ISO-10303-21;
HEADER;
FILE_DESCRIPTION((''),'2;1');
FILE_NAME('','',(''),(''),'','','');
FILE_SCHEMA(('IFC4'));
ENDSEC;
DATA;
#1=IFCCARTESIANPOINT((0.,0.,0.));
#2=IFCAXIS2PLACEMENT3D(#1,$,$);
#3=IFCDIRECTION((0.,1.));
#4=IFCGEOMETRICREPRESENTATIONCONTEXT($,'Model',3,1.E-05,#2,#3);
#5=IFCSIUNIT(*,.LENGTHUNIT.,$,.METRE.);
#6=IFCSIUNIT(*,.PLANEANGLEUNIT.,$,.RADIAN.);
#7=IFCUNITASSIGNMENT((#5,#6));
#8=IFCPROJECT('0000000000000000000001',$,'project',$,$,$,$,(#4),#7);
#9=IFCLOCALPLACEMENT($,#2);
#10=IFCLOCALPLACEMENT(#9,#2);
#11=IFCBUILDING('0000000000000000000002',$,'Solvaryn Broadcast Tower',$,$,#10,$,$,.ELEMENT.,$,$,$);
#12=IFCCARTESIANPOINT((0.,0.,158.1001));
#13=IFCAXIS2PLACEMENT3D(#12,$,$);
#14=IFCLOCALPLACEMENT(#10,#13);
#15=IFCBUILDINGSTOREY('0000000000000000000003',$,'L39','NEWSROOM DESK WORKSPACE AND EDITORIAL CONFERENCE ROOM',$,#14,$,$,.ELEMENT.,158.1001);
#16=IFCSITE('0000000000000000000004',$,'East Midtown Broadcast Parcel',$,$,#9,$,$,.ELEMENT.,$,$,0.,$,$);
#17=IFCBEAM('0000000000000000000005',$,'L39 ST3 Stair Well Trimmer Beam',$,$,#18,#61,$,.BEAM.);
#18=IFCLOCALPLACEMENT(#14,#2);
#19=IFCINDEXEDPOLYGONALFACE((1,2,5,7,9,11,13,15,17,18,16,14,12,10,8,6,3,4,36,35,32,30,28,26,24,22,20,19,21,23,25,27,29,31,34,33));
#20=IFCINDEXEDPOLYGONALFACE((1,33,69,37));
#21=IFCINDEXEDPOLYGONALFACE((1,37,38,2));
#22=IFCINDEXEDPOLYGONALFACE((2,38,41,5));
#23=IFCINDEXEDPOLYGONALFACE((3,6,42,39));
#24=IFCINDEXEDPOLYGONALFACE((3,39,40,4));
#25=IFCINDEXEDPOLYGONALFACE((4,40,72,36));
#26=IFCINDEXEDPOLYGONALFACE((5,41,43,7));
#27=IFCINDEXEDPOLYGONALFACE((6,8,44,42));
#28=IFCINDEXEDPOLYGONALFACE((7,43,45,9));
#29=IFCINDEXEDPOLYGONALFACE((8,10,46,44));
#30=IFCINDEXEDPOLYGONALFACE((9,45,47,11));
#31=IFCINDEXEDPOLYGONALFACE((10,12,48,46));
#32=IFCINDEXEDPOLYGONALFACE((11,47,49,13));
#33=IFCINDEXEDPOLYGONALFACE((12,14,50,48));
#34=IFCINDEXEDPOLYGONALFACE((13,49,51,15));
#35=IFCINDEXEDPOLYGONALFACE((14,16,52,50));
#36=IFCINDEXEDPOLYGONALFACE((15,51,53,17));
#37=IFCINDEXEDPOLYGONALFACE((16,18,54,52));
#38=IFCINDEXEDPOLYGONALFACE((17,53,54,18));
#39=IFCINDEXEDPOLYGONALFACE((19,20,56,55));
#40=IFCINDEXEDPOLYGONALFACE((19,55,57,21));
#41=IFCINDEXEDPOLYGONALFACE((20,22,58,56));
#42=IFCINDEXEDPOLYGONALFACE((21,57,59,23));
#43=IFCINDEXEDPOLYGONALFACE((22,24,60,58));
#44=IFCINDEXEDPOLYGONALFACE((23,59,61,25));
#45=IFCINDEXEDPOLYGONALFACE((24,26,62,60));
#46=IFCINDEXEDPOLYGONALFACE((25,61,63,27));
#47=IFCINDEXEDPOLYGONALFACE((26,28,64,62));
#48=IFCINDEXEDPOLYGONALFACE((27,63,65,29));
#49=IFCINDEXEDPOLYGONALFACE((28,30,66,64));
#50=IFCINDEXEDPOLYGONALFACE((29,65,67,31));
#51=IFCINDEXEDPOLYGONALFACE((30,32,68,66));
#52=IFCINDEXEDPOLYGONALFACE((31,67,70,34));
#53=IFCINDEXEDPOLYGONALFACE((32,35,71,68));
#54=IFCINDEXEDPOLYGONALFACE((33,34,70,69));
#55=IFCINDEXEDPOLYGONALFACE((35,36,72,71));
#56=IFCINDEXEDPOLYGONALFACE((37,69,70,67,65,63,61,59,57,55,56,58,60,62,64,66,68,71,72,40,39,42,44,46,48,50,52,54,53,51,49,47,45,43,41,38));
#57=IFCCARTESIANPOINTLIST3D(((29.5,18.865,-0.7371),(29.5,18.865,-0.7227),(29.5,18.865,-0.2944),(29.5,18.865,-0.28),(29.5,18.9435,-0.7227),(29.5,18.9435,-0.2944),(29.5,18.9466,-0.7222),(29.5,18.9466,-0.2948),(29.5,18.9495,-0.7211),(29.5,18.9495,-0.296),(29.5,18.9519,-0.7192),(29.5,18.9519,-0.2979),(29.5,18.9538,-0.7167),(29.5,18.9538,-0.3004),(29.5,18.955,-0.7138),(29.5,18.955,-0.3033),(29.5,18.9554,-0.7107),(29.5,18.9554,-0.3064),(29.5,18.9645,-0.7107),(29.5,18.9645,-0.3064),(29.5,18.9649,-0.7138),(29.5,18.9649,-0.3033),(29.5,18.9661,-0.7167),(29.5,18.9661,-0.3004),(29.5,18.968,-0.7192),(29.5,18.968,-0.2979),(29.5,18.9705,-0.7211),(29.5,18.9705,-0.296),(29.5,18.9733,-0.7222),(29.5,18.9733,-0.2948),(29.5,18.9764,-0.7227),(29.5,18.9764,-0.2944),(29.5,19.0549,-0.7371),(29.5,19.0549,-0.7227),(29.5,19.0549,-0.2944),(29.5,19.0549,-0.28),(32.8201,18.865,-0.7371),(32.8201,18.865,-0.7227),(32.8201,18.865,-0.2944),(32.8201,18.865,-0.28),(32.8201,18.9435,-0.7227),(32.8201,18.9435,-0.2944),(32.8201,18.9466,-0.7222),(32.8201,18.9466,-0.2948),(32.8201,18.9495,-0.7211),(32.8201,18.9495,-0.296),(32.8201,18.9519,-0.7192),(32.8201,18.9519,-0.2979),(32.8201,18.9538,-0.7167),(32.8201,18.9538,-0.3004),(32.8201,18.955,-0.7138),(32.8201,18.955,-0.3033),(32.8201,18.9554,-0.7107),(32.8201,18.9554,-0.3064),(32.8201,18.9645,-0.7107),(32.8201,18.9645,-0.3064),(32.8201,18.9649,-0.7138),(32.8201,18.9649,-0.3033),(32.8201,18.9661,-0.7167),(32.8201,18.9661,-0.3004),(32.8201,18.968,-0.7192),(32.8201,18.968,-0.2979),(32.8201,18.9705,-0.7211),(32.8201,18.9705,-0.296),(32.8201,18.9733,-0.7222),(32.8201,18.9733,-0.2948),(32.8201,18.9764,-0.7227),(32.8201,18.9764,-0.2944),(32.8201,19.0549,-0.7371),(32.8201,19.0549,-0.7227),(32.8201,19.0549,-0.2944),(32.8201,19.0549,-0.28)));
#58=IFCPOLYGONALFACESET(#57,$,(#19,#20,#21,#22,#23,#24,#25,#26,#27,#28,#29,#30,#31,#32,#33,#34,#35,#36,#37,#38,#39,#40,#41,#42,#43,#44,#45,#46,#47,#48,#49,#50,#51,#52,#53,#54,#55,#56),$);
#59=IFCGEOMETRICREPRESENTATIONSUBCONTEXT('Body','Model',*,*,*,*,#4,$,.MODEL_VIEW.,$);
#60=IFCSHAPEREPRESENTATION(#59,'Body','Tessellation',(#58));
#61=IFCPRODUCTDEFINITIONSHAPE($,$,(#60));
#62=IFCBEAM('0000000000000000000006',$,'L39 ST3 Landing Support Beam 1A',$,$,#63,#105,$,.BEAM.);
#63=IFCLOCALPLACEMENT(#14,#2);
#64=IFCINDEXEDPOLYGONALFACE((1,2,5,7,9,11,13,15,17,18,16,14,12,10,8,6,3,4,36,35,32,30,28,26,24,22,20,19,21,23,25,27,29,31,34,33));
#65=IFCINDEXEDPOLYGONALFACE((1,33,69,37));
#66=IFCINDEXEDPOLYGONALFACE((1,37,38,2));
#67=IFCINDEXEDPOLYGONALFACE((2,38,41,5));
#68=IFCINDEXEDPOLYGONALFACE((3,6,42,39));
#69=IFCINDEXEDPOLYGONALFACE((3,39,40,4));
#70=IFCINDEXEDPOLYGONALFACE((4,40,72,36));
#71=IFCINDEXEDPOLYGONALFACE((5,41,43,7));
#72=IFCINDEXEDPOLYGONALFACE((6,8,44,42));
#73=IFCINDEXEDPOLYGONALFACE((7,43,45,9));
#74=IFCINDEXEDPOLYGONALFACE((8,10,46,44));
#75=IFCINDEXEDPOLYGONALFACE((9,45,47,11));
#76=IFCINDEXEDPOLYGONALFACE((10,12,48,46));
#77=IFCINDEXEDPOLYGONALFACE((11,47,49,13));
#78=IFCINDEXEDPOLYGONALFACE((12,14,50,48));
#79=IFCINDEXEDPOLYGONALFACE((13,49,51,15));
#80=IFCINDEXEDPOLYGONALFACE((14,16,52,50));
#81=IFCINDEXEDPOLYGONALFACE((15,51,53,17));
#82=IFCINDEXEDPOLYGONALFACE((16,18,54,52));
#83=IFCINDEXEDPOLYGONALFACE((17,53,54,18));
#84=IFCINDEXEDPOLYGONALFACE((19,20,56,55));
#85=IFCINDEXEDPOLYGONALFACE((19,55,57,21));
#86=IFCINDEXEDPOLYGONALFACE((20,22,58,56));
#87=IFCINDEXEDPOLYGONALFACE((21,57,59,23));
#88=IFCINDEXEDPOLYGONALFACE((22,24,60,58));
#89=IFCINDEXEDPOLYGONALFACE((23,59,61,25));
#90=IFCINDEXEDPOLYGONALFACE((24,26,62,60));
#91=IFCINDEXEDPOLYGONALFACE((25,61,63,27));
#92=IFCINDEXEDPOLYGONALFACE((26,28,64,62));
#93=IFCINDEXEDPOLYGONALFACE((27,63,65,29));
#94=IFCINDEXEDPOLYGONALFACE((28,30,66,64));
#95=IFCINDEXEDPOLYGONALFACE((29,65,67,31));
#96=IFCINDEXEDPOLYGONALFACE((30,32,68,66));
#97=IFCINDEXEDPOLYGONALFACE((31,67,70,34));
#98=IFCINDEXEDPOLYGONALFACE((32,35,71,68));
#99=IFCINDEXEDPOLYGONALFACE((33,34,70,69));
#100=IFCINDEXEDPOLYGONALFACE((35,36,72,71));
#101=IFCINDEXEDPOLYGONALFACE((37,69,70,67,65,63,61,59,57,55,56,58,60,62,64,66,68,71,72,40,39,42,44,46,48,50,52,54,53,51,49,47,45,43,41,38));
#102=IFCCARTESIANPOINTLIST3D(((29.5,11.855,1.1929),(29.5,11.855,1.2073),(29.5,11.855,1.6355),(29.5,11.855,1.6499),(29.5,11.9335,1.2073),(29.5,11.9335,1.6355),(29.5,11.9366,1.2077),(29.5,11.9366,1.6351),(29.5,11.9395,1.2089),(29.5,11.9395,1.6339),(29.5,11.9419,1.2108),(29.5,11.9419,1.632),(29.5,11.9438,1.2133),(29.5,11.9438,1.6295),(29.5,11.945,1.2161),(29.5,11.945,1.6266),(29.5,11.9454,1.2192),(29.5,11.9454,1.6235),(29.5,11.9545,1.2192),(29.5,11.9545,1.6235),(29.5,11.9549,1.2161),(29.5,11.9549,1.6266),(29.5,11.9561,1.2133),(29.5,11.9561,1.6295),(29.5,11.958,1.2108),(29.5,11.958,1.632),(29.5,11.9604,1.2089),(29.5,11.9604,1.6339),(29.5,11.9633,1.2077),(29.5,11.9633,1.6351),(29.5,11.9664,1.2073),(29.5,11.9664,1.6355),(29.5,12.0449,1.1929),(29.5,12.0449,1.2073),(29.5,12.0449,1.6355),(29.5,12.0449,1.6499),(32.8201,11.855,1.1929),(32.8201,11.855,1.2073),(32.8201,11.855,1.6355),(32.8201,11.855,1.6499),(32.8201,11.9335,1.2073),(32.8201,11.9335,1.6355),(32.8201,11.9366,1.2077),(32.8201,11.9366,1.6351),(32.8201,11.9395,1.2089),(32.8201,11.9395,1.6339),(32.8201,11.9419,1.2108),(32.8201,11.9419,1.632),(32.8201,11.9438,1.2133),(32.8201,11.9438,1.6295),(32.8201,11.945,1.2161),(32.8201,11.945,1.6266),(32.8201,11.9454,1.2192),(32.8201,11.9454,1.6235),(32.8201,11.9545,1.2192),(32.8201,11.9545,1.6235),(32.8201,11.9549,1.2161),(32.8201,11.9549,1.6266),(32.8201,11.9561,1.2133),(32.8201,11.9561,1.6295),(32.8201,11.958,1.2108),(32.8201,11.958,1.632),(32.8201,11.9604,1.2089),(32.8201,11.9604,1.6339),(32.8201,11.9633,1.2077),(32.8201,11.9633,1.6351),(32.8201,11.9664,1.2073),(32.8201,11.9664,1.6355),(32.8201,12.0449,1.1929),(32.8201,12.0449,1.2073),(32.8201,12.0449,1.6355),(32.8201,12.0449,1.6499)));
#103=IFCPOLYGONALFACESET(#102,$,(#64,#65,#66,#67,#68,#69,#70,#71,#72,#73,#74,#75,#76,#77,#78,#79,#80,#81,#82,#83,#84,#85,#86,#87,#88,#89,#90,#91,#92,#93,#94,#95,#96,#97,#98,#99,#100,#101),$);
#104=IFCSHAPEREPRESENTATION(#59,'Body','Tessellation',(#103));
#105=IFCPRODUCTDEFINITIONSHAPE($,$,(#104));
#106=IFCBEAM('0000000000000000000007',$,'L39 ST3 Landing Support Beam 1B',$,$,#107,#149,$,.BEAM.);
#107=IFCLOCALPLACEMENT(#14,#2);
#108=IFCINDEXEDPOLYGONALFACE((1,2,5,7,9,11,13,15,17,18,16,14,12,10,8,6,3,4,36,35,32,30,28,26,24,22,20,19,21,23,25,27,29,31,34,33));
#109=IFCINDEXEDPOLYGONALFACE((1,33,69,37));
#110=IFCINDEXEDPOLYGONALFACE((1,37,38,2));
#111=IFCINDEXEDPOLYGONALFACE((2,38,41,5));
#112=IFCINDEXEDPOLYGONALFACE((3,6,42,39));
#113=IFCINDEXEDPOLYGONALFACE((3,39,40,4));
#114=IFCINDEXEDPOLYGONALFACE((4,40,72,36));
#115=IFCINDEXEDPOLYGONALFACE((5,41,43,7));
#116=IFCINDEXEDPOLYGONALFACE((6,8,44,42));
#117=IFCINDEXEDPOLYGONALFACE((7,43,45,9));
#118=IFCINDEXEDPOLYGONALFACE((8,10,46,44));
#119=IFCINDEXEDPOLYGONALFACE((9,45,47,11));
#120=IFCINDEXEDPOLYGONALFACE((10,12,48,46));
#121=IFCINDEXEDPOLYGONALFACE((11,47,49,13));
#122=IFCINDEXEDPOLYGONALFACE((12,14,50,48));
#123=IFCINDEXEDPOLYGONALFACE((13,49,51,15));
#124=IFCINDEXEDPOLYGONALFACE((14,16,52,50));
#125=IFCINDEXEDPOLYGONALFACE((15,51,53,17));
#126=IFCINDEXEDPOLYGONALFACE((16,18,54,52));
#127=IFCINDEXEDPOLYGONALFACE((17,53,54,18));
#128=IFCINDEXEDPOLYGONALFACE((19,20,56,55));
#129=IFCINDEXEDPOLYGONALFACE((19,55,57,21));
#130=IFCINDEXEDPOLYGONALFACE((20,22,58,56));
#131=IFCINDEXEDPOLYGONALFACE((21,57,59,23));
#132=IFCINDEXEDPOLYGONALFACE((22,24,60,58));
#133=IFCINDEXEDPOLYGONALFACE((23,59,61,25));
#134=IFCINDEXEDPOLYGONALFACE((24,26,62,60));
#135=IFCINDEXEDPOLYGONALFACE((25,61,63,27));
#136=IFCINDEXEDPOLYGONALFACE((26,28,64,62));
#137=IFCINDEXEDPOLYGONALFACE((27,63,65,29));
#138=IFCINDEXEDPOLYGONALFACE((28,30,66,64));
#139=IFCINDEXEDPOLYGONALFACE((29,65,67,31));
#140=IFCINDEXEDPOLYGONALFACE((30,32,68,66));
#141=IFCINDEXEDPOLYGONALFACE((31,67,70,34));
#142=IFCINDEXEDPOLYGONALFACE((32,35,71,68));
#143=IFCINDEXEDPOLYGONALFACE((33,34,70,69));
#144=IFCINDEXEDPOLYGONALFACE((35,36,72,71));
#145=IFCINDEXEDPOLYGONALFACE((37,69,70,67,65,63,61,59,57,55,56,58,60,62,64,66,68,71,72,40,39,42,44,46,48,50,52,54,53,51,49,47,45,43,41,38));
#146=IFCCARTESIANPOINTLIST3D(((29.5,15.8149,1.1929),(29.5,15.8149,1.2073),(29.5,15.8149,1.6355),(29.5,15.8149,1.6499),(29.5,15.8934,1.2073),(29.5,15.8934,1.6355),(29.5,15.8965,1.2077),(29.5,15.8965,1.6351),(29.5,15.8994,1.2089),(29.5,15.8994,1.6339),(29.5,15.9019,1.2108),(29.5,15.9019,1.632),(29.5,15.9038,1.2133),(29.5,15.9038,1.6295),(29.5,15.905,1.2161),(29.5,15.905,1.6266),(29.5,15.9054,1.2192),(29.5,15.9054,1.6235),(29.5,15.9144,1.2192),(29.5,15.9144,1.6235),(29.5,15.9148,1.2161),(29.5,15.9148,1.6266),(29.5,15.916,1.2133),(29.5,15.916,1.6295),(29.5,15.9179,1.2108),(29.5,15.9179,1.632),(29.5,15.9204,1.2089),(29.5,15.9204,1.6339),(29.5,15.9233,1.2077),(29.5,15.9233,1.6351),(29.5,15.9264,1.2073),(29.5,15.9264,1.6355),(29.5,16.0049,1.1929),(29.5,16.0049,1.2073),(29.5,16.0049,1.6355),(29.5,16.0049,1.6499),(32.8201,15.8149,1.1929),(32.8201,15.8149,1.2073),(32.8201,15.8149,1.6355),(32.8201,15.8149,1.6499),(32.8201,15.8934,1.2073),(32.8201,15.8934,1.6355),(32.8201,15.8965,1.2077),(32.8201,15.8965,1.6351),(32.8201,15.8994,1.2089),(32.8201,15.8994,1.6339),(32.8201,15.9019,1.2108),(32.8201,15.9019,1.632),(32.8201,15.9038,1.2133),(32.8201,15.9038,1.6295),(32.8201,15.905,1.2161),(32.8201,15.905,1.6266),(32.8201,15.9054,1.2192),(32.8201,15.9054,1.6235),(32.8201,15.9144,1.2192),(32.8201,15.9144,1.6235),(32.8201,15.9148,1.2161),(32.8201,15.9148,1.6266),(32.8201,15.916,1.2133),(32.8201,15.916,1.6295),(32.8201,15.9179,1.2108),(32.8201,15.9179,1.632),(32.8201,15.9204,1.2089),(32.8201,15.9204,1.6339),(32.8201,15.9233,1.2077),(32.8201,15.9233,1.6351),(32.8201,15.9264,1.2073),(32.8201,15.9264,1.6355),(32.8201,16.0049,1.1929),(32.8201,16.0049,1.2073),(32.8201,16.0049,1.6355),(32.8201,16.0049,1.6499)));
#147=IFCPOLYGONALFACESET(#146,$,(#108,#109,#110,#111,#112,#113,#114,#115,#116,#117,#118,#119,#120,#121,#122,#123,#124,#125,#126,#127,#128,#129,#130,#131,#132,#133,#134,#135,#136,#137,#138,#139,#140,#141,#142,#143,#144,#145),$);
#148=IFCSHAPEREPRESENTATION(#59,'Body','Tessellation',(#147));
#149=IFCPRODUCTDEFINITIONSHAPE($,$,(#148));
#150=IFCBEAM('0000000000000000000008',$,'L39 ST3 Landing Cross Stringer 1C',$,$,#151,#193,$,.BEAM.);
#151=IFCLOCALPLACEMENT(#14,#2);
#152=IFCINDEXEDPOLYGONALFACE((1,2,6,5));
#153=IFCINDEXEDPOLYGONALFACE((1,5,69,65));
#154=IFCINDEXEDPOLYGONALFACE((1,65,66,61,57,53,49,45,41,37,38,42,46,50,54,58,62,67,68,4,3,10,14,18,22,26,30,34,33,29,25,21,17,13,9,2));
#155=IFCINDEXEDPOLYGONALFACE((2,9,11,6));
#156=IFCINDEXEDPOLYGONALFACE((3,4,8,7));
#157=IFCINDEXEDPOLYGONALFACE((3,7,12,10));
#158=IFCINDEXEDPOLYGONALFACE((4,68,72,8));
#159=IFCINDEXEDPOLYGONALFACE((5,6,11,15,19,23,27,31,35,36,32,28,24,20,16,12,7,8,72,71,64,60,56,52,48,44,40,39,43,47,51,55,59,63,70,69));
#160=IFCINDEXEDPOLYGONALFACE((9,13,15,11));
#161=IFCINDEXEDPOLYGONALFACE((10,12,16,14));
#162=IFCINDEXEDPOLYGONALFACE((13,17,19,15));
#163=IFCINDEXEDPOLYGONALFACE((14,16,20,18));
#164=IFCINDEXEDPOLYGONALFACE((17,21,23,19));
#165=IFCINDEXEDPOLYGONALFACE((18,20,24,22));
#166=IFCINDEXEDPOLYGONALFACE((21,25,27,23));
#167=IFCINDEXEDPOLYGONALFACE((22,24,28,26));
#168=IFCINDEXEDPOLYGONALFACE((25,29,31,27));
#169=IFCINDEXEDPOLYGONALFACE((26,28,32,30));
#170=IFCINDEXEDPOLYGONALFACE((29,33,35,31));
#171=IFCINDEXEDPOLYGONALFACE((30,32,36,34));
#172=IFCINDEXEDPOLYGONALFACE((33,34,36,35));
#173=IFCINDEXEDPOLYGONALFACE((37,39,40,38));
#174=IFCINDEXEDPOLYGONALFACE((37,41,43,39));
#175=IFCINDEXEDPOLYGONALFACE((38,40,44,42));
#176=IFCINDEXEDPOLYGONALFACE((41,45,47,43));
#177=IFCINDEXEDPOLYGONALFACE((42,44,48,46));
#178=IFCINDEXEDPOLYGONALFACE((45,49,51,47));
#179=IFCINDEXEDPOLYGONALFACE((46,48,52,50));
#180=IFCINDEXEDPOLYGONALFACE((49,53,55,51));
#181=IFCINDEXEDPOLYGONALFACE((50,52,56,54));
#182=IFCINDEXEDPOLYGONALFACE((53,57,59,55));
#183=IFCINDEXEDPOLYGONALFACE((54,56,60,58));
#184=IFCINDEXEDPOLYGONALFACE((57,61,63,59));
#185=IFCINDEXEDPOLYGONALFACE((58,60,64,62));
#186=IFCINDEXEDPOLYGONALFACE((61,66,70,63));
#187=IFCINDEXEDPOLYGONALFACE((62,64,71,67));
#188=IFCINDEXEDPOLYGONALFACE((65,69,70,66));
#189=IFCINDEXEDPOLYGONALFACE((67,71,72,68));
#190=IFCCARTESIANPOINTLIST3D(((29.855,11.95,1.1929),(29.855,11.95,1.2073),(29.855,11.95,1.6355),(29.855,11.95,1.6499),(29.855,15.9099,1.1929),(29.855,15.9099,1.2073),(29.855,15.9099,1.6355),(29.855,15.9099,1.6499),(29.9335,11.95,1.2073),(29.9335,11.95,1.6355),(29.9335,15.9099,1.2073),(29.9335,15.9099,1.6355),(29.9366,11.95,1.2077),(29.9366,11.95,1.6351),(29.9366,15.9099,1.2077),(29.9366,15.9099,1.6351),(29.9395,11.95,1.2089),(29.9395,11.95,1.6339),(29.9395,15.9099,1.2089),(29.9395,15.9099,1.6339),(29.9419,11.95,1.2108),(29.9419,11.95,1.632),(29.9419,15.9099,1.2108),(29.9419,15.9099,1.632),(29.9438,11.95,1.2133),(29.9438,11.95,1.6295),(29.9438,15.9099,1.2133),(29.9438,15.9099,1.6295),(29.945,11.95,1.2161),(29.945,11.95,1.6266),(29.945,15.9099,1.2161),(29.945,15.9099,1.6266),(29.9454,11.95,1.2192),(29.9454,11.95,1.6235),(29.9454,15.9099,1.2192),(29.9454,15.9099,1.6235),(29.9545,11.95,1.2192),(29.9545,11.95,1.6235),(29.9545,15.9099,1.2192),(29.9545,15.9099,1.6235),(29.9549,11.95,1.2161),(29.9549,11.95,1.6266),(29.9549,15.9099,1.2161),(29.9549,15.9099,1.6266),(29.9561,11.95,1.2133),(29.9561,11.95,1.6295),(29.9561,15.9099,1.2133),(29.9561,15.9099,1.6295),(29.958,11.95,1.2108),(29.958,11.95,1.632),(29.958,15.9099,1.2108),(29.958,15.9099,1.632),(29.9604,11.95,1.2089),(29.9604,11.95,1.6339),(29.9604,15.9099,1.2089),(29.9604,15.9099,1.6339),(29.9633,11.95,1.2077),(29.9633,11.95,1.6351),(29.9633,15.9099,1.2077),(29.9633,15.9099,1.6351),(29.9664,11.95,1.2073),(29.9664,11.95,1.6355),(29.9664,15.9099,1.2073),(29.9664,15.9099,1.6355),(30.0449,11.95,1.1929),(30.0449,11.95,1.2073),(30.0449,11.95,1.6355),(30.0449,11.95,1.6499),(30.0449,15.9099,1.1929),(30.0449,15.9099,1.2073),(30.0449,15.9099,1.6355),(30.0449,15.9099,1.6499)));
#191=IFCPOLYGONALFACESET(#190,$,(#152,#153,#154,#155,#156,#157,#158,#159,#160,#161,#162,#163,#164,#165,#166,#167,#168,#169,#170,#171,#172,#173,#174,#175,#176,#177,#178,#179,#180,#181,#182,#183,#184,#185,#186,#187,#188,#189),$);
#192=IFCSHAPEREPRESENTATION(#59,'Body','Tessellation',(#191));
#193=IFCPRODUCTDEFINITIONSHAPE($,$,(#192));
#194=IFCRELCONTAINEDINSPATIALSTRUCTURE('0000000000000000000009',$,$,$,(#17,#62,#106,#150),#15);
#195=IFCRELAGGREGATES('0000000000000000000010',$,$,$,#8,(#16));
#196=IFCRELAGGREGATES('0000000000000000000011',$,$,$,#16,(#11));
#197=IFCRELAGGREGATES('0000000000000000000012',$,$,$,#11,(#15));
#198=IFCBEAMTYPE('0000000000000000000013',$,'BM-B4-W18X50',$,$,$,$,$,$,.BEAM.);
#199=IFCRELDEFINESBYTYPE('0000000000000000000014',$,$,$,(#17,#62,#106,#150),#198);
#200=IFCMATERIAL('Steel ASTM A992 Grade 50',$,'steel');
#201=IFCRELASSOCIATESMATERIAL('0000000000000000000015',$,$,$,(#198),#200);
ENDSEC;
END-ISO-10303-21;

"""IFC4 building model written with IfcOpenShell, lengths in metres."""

from ifc_helpers import new_model, si_unit, direction, frame, origin, origin_2d, place, context, subcontext, project, spatial, i_section, extrude, material, material_profile, profile_set, type_object, element, save


model = new_model("IFC4")

# Units and contexts
model_context = context("Model", 3, precision=1e-05, world=origin(), true_north=direction((0.0, 1.0)))
body_context = subcontext(model_context, "Body", "Model", "MODEL_VIEW")
ifc_project = project(units=[si_unit("LENGTHUNIT", "METRE"), si_unit("PLANEANGLEUNIT", "RADIAN")], contexts=[model_context])

# Site, building, storey
site_placement = place(None, origin())
site = spatial("IfcSite", under=ifc_project, at=site_placement, Name="East Midtown Broadcast Parcel", CompositionType="ELEMENT", RefElevation=0.0)
building_placement = place(site_placement, origin())
building = spatial("IfcBuilding", under=site, at=building_placement, Name="Solvaryn Broadcast Tower", CompositionType="ELEMENT")
storey_placement = place(building_placement, frame((0.0, 0.0, 158.1001)))
storey = spatial("IfcBuildingStorey", under=building, at=storey_placement, Name="L39", Description="NEWSROOM DESK WORKSPACE AND EDITORIAL CONFERENCE ROOM", CompositionType="ELEMENT", Elevation=158.1001)

# Beams
ifc_material_1 = material(Name="Steel ASTM A992 Grade 50", Category="steel")
ifc_material_profile_1 = material_profile(ifc_material_1, i_section(OverallWidth=0.1899, OverallDepth=0.457, WebThickness=0.009, FlangeThickness=0.0144, FilletRadius=0.012, at=origin_2d()))
ifc_profile_set_1 = profile_set([ifc_material_profile_1], Name="Steel ASTM A992 Grade 50")
beam_type_1 = type_object("IfcBeamType", Name="BM-B4-W18X50", PredefinedType="BEAM", material=ifc_profile_set_1)
for number, where, z_axis, x_axis, name in (
    (1, (29.5, 18.96, -0.5085), (1.0, 0.0, 0.0), (0.0, 1.0, 0.0), "L39 ST3 Stair Well Trimmer Beam"),
    (2, (29.5, 11.95, 1.4214), (1.0, 0.0, 0.0), (0.0, 1.0, 0.0), "L39 ST3 Landing Support Beam 1A"),
    (3, (29.5, 15.9099, 1.4214), (1.0, 0.0, 0.0), (0.0, 1.0, 0.0), "L39 ST3 Landing Support Beam 1B"),
):
    element("IfcBeam", number, at=place(storey_placement, frame(where, z_axis=z_axis, x_axis=x_axis)), inside=storey, type_object=beam_type_1, Name=name, PredefinedType="BEAM", context=body_context, shape_type="SweptSolid", body=[
        extrude(i_section(OverallWidth=0.1899, OverallDepth=0.457, WebThickness=0.009, FlangeThickness=0.0144, FilletRadius=0.012, at=origin_2d()), origin(), (0.0, 0.0, 1.0), 3.3201),
    ])
beam_1_placement = place(storey_placement, frame((29.95, 11.95, 1.4214), z_axis=(0.0, 1.0, 0.0), x_axis=(-1.0, 0.0, 0.0)))
element("IfcBeam", 4, at=beam_1_placement, inside=storey, type_object=beam_type_1, Name="L39 ST3 Landing Cross Stringer 1C", PredefinedType="BEAM", context=body_context, shape_type="SweptSolid", body=[
    extrude(i_section(OverallWidth=0.1899, OverallDepth=0.457, WebThickness=0.009, FlangeThickness=0.0144, FilletRadius=0.012, at=origin_2d()), origin(), (0.0, 0.0, 1.0), 3.96),
])

save(model, "model.ifc")
